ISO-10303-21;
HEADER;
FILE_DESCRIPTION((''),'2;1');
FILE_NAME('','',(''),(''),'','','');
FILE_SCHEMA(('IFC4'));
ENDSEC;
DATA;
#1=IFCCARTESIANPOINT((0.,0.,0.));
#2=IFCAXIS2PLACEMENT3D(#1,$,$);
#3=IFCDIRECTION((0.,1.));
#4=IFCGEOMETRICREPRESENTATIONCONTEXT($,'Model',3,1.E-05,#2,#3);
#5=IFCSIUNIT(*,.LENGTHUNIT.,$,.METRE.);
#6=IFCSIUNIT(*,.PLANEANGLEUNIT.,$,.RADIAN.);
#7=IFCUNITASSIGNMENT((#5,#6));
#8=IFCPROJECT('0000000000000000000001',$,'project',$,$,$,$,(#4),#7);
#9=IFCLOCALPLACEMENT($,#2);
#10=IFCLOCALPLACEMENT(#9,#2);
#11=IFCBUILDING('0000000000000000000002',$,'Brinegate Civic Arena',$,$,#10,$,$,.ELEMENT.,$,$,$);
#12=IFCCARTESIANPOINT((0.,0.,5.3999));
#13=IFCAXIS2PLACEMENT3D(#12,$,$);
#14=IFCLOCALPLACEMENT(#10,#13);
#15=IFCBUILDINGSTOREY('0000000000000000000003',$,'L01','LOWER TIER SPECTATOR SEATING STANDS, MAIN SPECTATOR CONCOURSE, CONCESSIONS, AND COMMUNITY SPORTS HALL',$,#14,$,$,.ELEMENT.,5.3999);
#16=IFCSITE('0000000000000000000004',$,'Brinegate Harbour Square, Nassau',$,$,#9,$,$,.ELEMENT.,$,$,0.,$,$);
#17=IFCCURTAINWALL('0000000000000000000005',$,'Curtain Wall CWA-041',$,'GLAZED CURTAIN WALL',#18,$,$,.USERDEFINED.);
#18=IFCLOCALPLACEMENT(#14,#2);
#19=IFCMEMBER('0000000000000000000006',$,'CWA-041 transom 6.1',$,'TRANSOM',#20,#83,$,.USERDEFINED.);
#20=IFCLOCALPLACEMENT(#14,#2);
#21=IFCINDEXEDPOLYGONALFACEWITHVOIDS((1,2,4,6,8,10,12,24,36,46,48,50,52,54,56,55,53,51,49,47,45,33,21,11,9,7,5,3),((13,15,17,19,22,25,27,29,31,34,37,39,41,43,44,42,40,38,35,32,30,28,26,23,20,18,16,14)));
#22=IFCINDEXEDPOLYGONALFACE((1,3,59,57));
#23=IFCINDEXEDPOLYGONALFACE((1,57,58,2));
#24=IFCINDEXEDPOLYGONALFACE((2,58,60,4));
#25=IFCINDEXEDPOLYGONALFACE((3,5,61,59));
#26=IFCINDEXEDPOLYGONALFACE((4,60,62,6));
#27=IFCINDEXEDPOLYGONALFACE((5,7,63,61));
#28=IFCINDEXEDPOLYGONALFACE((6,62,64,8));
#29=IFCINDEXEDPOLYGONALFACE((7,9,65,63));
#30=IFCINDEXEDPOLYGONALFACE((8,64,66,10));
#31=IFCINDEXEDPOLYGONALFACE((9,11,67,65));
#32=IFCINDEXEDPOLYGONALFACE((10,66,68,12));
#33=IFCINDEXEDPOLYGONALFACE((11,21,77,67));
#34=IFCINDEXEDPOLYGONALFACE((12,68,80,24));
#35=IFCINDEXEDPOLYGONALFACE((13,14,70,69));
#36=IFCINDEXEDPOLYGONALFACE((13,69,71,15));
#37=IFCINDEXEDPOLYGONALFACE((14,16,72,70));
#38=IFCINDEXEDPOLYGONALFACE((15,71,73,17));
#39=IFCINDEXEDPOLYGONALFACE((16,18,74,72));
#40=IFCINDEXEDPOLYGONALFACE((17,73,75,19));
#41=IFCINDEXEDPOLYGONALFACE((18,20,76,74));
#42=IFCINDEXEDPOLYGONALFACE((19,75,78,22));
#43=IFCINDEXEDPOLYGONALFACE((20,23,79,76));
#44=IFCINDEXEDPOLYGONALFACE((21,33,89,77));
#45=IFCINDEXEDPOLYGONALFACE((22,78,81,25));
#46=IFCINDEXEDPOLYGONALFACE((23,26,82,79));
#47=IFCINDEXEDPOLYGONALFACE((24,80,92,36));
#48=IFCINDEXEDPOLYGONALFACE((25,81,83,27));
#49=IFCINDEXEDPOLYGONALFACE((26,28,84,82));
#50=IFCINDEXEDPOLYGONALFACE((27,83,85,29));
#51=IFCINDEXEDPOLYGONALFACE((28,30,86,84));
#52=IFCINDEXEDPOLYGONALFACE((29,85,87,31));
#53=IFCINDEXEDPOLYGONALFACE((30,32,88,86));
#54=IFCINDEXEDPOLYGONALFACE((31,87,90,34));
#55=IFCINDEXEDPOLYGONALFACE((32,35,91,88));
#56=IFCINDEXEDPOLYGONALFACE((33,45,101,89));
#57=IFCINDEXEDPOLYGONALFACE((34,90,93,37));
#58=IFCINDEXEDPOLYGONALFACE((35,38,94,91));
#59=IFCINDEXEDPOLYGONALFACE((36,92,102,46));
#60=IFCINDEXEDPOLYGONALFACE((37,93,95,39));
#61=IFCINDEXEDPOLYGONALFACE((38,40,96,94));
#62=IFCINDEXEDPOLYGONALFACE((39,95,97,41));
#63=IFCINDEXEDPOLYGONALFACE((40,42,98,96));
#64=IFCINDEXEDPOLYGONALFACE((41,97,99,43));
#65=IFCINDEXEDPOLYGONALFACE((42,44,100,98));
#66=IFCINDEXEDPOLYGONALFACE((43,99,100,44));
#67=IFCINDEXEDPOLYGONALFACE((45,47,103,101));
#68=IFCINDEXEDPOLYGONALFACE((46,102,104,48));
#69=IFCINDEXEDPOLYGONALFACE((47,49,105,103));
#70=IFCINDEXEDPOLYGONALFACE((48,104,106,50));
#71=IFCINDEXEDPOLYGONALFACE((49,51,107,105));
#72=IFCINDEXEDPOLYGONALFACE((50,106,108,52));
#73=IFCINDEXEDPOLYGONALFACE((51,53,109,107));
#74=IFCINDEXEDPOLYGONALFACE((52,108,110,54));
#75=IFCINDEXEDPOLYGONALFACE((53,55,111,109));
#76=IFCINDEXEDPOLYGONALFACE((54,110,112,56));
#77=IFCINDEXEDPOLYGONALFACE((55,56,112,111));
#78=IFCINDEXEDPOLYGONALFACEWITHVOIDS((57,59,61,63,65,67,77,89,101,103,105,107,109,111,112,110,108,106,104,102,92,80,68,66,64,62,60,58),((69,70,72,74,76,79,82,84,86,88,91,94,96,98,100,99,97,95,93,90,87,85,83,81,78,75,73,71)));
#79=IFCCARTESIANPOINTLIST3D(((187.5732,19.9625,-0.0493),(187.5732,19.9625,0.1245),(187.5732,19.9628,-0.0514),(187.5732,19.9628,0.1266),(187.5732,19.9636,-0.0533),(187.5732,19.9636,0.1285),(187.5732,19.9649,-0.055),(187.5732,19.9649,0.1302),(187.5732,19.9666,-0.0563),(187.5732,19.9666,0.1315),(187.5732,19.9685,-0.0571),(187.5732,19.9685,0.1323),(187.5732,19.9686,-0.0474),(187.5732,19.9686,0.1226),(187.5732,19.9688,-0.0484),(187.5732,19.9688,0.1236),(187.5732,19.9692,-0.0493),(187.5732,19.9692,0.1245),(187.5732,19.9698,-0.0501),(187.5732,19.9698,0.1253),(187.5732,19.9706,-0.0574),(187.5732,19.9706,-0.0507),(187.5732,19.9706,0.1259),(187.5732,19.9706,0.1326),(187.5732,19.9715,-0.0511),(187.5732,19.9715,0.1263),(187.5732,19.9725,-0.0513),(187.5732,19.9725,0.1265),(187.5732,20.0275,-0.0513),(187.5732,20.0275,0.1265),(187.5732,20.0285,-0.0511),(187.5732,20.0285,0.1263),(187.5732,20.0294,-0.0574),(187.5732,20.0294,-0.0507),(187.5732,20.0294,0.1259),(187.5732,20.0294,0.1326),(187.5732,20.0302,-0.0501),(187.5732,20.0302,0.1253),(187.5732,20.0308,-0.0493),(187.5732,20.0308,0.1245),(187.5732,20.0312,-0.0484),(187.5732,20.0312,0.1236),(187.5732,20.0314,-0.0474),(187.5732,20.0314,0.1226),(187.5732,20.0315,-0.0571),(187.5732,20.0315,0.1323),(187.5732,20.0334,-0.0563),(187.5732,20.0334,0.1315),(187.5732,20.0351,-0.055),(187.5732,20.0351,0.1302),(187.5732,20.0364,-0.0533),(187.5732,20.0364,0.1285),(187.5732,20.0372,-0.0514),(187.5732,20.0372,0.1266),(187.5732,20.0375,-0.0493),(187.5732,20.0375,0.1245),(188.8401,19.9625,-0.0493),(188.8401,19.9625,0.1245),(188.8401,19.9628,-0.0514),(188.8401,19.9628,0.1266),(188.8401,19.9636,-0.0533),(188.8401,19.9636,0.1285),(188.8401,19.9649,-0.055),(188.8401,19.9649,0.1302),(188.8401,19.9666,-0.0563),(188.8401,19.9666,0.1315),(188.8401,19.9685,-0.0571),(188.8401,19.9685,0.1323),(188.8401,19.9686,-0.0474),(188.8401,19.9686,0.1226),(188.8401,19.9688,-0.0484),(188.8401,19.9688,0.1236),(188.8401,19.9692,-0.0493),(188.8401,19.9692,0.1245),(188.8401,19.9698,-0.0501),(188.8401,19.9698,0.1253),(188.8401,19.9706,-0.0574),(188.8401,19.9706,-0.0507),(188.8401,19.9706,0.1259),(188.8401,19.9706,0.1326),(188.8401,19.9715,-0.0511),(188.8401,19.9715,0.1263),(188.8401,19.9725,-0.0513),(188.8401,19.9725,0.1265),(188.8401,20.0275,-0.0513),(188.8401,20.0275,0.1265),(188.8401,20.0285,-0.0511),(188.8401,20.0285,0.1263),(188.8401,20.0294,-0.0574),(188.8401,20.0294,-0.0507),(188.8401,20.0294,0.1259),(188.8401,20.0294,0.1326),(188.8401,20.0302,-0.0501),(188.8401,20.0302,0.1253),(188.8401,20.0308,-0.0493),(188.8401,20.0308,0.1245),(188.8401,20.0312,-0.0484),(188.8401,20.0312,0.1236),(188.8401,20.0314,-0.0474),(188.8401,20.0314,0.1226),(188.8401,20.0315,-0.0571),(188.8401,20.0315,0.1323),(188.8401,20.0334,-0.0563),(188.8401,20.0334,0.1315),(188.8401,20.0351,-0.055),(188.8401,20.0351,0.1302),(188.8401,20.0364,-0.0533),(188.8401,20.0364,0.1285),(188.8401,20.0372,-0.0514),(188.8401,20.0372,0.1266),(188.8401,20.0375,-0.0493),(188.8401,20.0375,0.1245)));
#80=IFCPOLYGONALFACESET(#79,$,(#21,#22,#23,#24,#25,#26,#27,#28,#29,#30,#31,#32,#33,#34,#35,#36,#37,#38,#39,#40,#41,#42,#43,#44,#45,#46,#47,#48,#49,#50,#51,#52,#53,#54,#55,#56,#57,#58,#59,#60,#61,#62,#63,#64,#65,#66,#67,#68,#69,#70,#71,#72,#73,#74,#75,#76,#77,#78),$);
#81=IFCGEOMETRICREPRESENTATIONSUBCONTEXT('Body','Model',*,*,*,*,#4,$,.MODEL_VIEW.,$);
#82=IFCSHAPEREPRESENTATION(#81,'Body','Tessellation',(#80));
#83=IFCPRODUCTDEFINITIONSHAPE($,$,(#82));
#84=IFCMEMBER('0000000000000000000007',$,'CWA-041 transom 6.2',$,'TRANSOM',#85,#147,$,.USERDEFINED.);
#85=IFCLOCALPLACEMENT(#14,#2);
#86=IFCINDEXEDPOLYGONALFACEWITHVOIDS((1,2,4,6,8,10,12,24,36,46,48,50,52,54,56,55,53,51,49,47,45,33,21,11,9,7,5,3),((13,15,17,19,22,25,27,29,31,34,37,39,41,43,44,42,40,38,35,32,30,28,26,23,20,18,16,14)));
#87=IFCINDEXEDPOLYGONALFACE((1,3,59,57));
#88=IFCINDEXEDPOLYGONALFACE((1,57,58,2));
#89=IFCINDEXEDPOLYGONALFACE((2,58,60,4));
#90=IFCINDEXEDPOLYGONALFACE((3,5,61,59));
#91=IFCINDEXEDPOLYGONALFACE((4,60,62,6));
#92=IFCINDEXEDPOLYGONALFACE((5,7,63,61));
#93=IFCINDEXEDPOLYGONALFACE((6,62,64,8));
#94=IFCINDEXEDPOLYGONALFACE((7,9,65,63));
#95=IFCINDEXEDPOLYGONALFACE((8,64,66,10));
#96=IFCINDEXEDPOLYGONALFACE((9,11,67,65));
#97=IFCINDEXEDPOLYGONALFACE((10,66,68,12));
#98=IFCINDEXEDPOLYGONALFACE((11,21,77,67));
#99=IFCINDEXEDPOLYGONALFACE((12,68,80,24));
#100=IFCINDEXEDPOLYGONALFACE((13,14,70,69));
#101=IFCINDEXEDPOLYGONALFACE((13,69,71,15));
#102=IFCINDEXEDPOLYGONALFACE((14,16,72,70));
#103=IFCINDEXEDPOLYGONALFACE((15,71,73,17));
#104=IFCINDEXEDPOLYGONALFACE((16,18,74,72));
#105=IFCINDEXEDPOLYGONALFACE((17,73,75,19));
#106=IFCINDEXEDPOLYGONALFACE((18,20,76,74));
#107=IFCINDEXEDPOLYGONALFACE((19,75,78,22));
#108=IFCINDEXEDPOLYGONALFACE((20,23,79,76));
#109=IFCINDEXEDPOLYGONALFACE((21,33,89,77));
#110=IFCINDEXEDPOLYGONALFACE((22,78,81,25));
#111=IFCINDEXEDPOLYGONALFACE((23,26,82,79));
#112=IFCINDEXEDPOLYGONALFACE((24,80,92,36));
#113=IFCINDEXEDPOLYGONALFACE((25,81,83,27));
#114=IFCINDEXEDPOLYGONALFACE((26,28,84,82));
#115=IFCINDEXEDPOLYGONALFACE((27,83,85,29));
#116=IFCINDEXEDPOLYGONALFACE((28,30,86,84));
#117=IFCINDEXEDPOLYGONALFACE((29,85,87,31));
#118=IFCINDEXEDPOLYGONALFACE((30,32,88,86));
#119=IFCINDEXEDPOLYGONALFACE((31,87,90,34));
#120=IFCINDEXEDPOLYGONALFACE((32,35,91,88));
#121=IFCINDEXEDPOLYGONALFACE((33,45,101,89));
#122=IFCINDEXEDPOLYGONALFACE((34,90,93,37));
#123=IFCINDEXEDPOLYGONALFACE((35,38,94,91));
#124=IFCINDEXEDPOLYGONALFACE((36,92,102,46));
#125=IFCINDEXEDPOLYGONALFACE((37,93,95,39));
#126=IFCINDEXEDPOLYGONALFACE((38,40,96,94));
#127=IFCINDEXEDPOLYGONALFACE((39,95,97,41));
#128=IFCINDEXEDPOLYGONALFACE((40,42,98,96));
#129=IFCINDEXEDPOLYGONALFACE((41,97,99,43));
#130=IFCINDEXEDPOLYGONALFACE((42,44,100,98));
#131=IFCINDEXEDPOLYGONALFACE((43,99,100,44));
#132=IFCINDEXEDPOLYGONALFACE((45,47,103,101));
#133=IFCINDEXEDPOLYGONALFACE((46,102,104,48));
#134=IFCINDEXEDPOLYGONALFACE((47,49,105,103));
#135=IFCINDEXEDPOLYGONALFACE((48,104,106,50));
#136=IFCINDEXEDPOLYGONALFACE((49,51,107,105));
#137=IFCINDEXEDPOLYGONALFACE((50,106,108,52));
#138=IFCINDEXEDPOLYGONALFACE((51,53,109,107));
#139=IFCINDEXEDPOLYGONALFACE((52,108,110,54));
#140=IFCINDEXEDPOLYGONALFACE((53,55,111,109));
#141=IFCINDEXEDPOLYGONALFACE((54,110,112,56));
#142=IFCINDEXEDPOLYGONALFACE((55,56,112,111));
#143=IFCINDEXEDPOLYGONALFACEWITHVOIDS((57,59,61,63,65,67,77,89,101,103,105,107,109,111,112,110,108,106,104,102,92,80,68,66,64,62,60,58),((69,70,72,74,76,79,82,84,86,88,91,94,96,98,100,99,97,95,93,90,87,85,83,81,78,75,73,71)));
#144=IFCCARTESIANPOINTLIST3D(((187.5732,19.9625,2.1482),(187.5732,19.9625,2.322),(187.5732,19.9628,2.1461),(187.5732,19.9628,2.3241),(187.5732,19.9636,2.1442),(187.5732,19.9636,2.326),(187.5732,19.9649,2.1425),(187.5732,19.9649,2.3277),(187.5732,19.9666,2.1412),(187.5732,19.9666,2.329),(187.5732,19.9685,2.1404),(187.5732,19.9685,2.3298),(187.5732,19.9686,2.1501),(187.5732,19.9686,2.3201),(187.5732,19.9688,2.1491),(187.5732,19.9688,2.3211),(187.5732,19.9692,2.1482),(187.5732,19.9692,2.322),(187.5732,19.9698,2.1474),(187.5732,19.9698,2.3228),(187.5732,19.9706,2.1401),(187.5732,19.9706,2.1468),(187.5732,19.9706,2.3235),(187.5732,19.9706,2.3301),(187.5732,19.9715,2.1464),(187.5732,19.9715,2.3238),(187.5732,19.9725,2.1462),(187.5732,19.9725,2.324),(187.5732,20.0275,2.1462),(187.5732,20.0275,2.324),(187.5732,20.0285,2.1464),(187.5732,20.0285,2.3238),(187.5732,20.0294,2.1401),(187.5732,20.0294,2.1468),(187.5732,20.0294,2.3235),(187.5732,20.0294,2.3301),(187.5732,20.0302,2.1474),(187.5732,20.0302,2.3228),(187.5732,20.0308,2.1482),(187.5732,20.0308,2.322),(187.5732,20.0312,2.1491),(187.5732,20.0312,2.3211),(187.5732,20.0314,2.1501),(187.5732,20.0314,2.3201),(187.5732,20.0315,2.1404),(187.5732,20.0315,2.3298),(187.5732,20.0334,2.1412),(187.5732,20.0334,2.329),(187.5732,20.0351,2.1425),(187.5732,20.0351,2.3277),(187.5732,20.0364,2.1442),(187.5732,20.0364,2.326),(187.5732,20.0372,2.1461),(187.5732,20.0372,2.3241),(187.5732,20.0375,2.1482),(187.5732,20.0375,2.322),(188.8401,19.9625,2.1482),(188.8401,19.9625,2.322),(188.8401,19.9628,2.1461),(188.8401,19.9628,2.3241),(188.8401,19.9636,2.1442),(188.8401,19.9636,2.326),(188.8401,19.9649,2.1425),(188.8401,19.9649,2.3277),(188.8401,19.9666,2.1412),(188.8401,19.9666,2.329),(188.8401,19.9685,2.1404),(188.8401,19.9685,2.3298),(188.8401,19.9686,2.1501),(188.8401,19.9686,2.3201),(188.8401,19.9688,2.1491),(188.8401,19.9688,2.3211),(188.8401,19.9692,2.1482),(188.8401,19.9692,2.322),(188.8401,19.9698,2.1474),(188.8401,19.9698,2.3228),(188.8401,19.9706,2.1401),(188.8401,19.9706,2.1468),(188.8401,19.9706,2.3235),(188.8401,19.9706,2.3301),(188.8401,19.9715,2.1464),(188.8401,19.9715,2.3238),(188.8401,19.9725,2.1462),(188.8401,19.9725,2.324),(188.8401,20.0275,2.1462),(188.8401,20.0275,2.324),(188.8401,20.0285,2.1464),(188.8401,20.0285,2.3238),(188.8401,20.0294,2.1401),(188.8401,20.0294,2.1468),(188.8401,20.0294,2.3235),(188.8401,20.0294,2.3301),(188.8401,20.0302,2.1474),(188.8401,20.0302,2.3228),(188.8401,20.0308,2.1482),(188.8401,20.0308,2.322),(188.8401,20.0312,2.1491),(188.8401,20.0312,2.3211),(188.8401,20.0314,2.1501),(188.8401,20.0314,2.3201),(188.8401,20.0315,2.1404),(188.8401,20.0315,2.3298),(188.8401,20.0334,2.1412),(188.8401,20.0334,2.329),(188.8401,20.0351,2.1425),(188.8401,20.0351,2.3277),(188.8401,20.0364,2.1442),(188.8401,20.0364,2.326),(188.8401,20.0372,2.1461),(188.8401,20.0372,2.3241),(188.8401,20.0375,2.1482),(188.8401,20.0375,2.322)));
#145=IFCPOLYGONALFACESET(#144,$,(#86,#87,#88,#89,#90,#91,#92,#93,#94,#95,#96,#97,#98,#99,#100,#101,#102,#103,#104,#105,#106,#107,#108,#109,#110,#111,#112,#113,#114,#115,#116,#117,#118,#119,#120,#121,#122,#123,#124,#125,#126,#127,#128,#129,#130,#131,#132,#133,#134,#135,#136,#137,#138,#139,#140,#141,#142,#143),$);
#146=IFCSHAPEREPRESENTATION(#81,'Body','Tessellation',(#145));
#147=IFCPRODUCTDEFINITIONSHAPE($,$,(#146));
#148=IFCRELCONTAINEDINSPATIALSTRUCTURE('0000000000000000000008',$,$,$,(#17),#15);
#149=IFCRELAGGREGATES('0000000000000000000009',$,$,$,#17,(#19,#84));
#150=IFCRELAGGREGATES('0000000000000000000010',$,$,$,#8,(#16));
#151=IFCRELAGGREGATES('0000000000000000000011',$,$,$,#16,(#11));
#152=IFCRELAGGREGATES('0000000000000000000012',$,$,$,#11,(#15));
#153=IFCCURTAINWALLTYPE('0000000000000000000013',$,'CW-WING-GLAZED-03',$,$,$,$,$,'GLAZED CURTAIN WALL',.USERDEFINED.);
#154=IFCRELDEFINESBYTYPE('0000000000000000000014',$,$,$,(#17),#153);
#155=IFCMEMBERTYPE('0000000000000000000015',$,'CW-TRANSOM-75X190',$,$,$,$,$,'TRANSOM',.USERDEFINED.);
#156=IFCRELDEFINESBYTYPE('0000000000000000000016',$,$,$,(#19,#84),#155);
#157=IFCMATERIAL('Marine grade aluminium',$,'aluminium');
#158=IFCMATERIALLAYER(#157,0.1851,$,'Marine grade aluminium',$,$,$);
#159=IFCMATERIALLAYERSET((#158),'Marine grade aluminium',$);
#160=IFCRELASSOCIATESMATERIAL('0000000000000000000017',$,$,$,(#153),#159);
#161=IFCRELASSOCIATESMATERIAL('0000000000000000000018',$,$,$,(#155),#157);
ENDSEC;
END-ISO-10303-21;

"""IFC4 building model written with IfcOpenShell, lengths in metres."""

from ifc_helpers import new_model, si_unit, direction, frame, origin, origin_2d, place, context, subcontext, project, spatial, hollow_rectangle, extrude, material, layer, layer_set, material_profile, profile_set, type_object, element, aggregate, save


model = new_model("IFC4")

# Units and contexts
model_context = context("Model", 3, precision=1e-05, world=origin(), true_north=direction((0.0, 1.0)))
body_context = subcontext(model_context, "Body", "Model", "MODEL_VIEW")
ifc_project = project(units=[si_unit("LENGTHUNIT", "METRE"), si_unit("PLANEANGLEUNIT", "RADIAN")], contexts=[model_context])

# Site, building, storey
site_placement = place(None, origin())
site = spatial("IfcSite", under=ifc_project, at=site_placement, Name="Brinegate Harbour Square, Nassau", CompositionType="ELEMENT", RefElevation=0.0)
building_placement = place(site_placement, origin())
building = spatial("IfcBuilding", under=site, at=building_placement, Name="Brinegate Civic Arena", CompositionType="ELEMENT")
storey_placement = place(building_placement, frame((0.0, 0.0, 5.3999)))
storey = spatial("IfcBuildingStorey", under=building, at=storey_placement, Name="L01", Description="LOWER TIER SPECTATOR SEATING STANDS, MAIN SPECTATOR CONCOURSE, CONCESSIONS, AND COMMUNITY SPORTS HALL", CompositionType="ELEMENT", Elevation=5.3999)

# Curtain wall
ifc_material_1 = material(Name="Marine grade aluminium", Category="aluminium")
ifc_layer_1 = layer(ifc_material_1, 0.1851, Name="Marine grade aluminium")
ifc_layer_set_1 = layer_set([ifc_layer_1], Name="Marine grade aluminium")
curtain_wall_type = type_object("IfcCurtainWallType", Name="CW-WING-GLAZED-03", ElementType="GLAZED CURTAIN WALL", PredefinedType="USERDEFINED", material=ifc_layer_set_1)
curtain_wall_1_placement = place(storey_placement, origin())
curtain_wall_1 = element("IfcCurtainWall", 1, at=curtain_wall_1_placement, inside=storey, type_object=curtain_wall_type, Name="Curtain Wall CWA-041", ObjectType="GLAZED CURTAIN WALL", PredefinedType="USERDEFINED")

# Members
ifc_material_profile_1 = material_profile(ifc_material_1, hollow_rectangle(XDim=0.075, YDim=0.1899, WallThickness=0.0061, InnerFilletRadius=0.0039, OuterFilletRadius=0.0081, at=origin_2d()), Name="TRN75X190")
ifc_profile_set_1 = profile_set([ifc_material_profile_1], Name="Marine grade aluminium")
member_type_1 = type_object("IfcMemberType", Name="CW-TRANSOM-75X190", ElementType="TRANSOM", PredefinedType="USERDEFINED", material=ifc_profile_set_1)
member_1_placement = place(storey_placement, frame((187.5732, 20.0, 0.0376), z_axis=(1.0, 0.0, 0.0), x_axis=(0.0, 1.0, 0.0)))
member_1 = element("IfcMember", 2, at=member_1_placement, type_object=member_type_1, Name="CWA-041 transom 6.1", ObjectType="TRANSOM", PredefinedType="USERDEFINED", context=body_context, shape_type="SweptSolid", body=[
    extrude(hollow_rectangle(XDim=0.075, YDim=0.1899, WallThickness=0.0061, InnerFilletRadius=0.0039, OuterFilletRadius=0.0081, at=origin_2d()), origin(), (0.0, 0.0, 1.0), 1.2668),
])
member_2_placement = place(storey_placement, frame((187.5732, 20.0, 2.2351), z_axis=(1.0, 0.0, 0.0), x_axis=(0.0, 1.0, 0.0)))
member_2 = element("IfcMember", 3, at=member_2_placement, type_object=member_type_1, Name="CWA-041 transom 6.2", ObjectType="TRANSOM", PredefinedType="USERDEFINED", context=body_context, shape_type="SweptSolid", body=[
    extrude(hollow_rectangle(XDim=0.075, YDim=0.1899, WallThickness=0.0061, InnerFilletRadius=0.0039, OuterFilletRadius=0.0081, at=origin_2d()), origin(), (0.0, 0.0, 1.0), 1.2668),
])

aggregate(curtain_wall_1, [member_1, member_2])

save(model, "model.ifc")
